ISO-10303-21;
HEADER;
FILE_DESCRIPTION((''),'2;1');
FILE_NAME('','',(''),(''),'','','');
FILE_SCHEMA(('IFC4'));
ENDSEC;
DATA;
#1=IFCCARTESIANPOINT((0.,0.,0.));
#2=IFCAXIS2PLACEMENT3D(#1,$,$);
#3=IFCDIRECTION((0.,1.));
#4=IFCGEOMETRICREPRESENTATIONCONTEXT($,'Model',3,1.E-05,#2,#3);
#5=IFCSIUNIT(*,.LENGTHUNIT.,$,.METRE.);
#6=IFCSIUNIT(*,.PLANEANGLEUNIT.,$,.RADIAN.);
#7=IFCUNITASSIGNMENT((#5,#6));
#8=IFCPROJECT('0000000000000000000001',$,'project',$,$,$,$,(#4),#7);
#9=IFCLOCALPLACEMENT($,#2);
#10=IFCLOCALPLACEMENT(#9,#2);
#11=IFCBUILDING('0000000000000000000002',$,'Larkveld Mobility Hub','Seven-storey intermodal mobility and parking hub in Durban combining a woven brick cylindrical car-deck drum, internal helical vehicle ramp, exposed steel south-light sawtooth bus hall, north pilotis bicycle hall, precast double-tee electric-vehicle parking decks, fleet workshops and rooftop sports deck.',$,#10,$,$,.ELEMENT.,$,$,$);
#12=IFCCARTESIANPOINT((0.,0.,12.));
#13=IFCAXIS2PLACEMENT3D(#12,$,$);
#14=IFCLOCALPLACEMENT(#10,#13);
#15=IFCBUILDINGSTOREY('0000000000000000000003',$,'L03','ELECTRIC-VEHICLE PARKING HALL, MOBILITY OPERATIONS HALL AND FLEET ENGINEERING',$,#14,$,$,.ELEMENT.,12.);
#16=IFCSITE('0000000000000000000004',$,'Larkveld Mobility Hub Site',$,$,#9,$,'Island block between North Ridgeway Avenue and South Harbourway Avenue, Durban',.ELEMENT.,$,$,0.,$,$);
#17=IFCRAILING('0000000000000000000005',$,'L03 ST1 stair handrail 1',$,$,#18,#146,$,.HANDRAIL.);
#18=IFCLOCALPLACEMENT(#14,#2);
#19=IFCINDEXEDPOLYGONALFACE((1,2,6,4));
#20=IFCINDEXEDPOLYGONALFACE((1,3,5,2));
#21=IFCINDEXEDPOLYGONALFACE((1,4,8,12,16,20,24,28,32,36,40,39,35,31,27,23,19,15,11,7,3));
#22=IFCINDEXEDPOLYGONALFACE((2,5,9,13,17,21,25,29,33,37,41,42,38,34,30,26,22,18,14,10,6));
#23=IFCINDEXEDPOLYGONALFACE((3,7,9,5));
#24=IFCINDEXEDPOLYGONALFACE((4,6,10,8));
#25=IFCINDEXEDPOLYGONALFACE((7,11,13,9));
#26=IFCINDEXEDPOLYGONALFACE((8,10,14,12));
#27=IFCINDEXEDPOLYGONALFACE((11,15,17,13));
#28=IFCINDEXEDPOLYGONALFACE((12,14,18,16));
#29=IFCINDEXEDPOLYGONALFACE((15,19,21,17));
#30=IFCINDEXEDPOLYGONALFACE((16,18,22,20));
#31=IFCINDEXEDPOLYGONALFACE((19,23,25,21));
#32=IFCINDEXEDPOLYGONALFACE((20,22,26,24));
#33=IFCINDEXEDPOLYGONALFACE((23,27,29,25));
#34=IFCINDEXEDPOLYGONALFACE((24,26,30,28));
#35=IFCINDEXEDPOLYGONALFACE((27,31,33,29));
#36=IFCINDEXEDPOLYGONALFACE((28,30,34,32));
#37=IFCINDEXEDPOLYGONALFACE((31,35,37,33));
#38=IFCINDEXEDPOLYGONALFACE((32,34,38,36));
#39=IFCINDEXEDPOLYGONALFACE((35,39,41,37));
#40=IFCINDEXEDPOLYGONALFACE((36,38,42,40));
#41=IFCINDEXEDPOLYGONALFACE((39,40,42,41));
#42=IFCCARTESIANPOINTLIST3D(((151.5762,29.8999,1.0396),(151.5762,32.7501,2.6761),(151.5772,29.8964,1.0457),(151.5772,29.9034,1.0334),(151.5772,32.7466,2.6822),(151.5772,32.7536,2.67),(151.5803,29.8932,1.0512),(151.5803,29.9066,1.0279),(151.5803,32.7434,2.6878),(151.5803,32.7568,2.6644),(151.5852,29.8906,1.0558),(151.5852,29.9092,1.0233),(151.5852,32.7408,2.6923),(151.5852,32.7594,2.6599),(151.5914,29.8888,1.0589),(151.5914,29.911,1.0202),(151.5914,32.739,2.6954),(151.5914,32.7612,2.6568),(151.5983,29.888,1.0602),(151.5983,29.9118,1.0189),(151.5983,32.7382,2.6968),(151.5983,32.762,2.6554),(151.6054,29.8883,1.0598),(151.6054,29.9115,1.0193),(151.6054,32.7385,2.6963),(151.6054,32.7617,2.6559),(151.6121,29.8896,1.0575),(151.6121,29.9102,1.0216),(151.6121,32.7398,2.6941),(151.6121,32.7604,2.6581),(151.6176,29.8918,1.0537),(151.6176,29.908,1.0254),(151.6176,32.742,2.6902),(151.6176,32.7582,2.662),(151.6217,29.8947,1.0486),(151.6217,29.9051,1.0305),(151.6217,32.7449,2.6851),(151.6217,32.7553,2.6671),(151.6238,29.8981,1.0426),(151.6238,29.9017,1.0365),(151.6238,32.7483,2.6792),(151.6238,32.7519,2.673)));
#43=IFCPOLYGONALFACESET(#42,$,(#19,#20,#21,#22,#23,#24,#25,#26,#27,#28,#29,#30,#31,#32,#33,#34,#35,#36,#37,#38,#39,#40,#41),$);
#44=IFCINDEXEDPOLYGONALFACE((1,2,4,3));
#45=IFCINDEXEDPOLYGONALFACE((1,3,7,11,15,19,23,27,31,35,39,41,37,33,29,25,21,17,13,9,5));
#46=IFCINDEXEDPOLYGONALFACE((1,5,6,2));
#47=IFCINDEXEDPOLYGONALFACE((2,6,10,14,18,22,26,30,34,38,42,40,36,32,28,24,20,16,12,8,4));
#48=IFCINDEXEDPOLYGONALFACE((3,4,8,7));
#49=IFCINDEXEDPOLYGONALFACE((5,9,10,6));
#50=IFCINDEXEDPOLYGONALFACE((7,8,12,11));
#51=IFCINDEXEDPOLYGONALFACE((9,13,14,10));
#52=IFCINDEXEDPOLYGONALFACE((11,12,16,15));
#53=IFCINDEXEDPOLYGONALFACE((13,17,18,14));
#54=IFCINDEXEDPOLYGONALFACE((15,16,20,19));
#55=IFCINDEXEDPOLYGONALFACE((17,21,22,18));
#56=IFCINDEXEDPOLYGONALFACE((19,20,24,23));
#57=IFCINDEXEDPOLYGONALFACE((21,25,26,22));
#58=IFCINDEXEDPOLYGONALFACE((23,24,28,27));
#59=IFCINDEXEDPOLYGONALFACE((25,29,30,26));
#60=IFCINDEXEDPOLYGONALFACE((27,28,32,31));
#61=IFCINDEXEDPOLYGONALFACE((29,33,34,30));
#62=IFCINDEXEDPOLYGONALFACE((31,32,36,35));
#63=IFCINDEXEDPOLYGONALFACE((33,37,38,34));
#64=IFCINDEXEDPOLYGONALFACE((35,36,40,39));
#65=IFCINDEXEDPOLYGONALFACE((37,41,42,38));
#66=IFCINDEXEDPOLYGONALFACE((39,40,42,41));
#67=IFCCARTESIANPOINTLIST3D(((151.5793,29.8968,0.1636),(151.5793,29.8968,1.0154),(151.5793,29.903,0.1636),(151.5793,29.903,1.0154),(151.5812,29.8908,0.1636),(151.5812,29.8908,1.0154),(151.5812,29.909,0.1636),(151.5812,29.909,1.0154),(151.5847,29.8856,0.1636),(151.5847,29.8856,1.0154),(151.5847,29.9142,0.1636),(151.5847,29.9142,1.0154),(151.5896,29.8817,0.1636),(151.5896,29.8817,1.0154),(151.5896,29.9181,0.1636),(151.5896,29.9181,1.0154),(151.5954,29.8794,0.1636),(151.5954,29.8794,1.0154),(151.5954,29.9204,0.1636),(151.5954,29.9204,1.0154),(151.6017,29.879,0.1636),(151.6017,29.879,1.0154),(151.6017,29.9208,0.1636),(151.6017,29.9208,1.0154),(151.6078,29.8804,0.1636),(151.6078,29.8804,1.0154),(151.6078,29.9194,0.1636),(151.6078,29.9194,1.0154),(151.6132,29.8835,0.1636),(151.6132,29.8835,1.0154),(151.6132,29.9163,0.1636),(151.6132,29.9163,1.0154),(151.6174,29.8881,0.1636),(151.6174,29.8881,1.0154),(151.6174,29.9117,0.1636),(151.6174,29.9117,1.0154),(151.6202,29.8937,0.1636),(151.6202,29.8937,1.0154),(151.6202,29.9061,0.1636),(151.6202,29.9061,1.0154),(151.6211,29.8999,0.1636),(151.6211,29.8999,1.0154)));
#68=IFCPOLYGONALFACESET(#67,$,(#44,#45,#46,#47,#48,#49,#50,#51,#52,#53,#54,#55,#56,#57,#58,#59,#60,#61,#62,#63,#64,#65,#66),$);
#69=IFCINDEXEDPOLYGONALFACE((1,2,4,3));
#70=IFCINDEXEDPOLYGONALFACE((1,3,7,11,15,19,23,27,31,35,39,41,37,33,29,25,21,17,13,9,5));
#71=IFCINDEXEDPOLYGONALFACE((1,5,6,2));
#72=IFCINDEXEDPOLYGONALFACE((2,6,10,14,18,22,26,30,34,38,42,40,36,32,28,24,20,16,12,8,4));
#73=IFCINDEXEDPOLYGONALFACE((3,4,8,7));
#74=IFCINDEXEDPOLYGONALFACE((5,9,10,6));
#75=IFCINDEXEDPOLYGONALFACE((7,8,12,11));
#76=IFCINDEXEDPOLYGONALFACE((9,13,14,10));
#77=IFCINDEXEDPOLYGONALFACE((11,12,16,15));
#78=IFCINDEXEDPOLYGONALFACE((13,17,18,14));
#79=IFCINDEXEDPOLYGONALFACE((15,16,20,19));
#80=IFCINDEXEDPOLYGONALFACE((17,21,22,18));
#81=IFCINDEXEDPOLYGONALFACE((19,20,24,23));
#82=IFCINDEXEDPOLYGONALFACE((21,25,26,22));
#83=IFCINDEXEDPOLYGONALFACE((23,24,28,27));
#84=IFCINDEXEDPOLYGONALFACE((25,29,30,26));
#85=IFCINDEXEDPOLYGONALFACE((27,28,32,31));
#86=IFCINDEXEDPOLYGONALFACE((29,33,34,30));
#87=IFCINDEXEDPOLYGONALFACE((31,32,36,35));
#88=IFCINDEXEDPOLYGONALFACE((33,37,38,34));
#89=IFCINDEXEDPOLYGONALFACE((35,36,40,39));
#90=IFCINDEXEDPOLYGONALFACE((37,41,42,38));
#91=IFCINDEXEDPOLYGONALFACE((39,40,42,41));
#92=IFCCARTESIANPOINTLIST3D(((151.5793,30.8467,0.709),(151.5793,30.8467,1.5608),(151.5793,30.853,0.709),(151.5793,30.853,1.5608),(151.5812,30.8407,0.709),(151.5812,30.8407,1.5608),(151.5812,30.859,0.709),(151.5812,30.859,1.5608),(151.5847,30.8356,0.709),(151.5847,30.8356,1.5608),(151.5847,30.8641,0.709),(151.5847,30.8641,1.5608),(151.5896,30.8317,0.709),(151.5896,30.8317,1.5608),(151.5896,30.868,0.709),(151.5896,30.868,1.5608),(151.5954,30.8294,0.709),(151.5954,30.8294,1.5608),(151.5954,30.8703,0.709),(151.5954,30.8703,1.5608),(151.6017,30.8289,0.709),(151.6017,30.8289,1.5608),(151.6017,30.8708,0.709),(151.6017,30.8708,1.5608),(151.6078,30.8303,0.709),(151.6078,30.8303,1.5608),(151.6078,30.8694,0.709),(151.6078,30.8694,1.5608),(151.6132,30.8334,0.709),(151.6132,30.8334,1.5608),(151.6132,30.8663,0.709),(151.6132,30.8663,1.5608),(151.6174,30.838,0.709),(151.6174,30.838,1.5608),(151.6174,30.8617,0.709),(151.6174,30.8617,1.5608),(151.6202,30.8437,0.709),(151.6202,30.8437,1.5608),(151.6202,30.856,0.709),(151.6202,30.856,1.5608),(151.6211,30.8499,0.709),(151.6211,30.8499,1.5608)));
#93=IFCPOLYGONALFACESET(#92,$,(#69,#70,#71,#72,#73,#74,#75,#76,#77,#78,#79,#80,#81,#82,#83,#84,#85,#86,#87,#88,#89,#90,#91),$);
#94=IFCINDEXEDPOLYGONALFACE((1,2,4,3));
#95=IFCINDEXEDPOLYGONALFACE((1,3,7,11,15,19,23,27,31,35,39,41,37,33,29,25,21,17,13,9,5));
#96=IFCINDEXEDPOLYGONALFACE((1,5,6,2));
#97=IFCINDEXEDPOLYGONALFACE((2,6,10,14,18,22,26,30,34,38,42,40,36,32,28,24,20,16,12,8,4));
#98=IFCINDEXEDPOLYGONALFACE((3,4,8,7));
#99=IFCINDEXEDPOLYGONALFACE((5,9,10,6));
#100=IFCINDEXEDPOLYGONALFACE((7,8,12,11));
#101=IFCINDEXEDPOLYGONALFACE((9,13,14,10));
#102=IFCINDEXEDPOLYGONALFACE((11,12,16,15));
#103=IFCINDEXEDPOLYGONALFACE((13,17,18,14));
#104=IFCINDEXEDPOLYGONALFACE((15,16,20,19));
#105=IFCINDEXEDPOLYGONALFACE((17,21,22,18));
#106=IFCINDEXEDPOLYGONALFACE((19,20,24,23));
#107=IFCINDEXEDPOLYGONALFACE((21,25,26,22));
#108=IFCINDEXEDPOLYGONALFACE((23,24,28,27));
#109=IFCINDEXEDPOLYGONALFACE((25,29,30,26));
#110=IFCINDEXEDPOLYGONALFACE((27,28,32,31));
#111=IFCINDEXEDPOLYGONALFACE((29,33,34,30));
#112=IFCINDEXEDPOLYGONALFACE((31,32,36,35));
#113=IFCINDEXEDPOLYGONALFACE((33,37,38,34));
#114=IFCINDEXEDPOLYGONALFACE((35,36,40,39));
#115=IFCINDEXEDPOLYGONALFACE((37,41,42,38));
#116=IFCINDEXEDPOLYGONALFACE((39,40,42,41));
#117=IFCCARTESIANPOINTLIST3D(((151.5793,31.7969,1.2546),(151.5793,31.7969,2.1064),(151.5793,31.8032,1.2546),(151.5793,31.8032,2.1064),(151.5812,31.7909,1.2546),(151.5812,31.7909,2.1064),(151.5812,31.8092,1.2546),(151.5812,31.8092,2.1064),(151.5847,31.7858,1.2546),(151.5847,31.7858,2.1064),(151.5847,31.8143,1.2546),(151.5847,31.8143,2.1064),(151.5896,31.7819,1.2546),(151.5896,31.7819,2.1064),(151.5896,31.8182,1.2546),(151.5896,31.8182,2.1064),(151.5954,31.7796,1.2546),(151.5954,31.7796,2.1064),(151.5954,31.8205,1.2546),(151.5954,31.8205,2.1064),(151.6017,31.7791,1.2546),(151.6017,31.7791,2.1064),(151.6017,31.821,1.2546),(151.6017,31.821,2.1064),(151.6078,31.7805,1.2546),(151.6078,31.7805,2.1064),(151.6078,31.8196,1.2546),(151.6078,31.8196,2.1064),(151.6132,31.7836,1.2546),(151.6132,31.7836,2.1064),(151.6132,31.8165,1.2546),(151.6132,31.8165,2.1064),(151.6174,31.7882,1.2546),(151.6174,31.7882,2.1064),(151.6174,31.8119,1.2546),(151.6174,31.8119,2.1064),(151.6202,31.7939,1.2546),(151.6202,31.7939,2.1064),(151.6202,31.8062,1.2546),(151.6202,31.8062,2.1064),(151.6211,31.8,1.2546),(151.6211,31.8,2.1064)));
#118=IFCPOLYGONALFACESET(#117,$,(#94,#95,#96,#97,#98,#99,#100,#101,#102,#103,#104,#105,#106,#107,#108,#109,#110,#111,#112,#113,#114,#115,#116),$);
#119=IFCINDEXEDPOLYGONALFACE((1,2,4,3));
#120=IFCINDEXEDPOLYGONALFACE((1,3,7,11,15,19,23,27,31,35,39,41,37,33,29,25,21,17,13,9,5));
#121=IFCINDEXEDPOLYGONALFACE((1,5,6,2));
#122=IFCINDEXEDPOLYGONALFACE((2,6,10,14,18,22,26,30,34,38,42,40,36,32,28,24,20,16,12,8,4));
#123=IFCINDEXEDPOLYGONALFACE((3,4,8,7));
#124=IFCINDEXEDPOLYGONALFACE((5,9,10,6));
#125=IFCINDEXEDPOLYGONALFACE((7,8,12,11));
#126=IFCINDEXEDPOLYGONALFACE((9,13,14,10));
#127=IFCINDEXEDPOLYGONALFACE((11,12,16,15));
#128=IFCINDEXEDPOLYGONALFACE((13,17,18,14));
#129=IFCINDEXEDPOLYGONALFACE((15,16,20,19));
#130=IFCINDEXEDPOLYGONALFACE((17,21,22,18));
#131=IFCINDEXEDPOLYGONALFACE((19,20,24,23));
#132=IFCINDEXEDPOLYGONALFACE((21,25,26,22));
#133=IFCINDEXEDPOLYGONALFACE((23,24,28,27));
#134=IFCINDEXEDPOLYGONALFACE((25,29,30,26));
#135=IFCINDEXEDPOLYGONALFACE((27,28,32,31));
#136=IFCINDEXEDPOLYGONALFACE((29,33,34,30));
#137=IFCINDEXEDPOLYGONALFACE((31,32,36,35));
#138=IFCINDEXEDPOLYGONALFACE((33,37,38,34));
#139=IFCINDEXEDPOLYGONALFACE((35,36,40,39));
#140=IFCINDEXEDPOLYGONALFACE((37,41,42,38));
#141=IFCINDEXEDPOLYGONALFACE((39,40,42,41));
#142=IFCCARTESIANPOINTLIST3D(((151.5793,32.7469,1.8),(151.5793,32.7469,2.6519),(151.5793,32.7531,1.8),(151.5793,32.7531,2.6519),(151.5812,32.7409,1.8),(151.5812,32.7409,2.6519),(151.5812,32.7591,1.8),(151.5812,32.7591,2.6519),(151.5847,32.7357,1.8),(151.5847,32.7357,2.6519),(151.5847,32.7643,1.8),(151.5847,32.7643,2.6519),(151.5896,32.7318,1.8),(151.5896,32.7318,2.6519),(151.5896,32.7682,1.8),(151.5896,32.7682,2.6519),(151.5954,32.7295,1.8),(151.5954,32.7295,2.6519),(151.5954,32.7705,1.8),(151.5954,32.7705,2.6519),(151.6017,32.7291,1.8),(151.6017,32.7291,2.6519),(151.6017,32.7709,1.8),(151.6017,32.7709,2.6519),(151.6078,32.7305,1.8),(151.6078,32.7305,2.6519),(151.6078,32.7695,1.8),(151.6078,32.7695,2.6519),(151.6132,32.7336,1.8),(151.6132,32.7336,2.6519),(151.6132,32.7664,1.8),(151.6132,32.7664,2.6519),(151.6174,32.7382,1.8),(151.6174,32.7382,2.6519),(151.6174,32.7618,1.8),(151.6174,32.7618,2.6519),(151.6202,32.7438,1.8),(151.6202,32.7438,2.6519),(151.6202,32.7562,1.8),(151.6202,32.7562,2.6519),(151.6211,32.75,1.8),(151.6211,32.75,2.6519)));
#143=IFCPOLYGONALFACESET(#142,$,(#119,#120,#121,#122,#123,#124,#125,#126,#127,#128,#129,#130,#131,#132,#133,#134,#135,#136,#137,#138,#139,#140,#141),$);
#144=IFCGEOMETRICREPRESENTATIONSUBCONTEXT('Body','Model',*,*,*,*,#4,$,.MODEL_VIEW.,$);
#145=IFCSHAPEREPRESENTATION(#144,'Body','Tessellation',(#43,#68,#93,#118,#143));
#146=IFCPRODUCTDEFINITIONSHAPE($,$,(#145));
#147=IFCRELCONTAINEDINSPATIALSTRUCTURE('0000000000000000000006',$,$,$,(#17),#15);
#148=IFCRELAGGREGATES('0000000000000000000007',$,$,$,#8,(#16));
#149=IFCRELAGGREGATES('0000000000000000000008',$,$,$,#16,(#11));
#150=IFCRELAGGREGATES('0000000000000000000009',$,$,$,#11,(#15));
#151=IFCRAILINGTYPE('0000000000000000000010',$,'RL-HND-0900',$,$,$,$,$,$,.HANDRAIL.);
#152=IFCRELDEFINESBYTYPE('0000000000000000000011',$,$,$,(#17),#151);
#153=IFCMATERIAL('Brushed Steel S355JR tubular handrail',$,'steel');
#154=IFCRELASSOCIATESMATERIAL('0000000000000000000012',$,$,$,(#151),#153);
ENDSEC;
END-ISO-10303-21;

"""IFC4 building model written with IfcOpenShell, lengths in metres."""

from ifc_helpers import new_model, si_unit, direction, frame, origin, origin_2d, place, context, subcontext, project, spatial, circle, extrude, material, type_object, element, save


model = new_model("IFC4")

# Units and contexts
model_context = context("Model", 3, precision=1e-05, world=origin(), true_north=direction((0.0, 1.0)))
body_context = subcontext(model_context, "Body", "Model", "MODEL_VIEW")
ifc_project = project(units=[si_unit("LENGTHUNIT", "METRE"), si_unit("PLANEANGLEUNIT", "RADIAN")], contexts=[model_context])

# Site, building, storey
site_placement = place(None, origin())
site = spatial("IfcSite", under=ifc_project, at=site_placement, Name="Larkveld Mobility Hub Site", LongName="Island block between North Ridgeway Avenue and South Harbourway Avenue, Durban", CompositionType="ELEMENT", RefElevation=0.0)
building_placement = place(site_placement, origin())
building = spatial("IfcBuilding", under=site, at=building_placement, Name="Larkveld Mobility Hub", Description="Seven-storey intermodal mobility and parking hub in Durban combining a woven brick cylindrical car-deck drum, internal helical vehicle ramp, exposed steel south-light sawtooth bus hall, north pilotis bicycle hall, precast double-tee electric-vehicle parking decks, fleet workshops and rooftop sports deck.", CompositionType="ELEMENT")
storey_placement = place(building_placement, frame((0.0, 0.0, 12.0)))
storey = spatial("IfcBuildingStorey", under=building, at=storey_placement, Name="L03", Description="ELECTRIC-VEHICLE PARKING HALL, MOBILITY OPERATIONS HALL AND FLEET ENGINEERING", CompositionType="ELEMENT", Elevation=12.0)

# Railing
ifc_material_1 = material(Name="Brushed Steel S355JR tubular handrail", Category="steel")
railing_type_1 = type_object("IfcRailingType", Name="RL-HND-0900", PredefinedType="HANDRAIL", material=ifc_material_1)
railing_1_placement = place(storey_placement, frame((151.6001, 29.8999, 0.1636)))
element("IfcRailing", 1, at=railing_1_placement, inside=storey, type_object=railing_type_1, Name="L03 ST1 stair handrail 1", PredefinedType="HANDRAIL", context=body_context, shape_type="SweptSolid", body=[
    extrude(circle(Radius=0.0239, at=origin_2d()), frame((0.0, 0.0, 0.876), z_axis=(0.0, 0.867213, 0.497938), x_axis=(-1.0, 0.0, 0.0)), (0.0, 0.0, 1.0), 3.2866),
    extrude(circle(Radius=0.021, at=origin_2d()), origin(), (0.0, 0.0, 1.0), 0.8518),
    extrude(circle(Radius=0.021, at=origin_2d()), frame((0.0, 0.95, 0.5454)), (0.0, 0.0, 1.0), 0.8518),
    extrude(circle(Radius=0.021, at=origin_2d()), frame((0.0, 1.9001, 1.0911)), (0.0, 0.0, 1.0), 0.8518),
    extrude(circle(Radius=0.021, at=origin_2d()), frame((0.0, 2.8501, 1.6365)), (0.0, 0.0, 1.0), 0.8518),
])

save(model, "model.ifc")
